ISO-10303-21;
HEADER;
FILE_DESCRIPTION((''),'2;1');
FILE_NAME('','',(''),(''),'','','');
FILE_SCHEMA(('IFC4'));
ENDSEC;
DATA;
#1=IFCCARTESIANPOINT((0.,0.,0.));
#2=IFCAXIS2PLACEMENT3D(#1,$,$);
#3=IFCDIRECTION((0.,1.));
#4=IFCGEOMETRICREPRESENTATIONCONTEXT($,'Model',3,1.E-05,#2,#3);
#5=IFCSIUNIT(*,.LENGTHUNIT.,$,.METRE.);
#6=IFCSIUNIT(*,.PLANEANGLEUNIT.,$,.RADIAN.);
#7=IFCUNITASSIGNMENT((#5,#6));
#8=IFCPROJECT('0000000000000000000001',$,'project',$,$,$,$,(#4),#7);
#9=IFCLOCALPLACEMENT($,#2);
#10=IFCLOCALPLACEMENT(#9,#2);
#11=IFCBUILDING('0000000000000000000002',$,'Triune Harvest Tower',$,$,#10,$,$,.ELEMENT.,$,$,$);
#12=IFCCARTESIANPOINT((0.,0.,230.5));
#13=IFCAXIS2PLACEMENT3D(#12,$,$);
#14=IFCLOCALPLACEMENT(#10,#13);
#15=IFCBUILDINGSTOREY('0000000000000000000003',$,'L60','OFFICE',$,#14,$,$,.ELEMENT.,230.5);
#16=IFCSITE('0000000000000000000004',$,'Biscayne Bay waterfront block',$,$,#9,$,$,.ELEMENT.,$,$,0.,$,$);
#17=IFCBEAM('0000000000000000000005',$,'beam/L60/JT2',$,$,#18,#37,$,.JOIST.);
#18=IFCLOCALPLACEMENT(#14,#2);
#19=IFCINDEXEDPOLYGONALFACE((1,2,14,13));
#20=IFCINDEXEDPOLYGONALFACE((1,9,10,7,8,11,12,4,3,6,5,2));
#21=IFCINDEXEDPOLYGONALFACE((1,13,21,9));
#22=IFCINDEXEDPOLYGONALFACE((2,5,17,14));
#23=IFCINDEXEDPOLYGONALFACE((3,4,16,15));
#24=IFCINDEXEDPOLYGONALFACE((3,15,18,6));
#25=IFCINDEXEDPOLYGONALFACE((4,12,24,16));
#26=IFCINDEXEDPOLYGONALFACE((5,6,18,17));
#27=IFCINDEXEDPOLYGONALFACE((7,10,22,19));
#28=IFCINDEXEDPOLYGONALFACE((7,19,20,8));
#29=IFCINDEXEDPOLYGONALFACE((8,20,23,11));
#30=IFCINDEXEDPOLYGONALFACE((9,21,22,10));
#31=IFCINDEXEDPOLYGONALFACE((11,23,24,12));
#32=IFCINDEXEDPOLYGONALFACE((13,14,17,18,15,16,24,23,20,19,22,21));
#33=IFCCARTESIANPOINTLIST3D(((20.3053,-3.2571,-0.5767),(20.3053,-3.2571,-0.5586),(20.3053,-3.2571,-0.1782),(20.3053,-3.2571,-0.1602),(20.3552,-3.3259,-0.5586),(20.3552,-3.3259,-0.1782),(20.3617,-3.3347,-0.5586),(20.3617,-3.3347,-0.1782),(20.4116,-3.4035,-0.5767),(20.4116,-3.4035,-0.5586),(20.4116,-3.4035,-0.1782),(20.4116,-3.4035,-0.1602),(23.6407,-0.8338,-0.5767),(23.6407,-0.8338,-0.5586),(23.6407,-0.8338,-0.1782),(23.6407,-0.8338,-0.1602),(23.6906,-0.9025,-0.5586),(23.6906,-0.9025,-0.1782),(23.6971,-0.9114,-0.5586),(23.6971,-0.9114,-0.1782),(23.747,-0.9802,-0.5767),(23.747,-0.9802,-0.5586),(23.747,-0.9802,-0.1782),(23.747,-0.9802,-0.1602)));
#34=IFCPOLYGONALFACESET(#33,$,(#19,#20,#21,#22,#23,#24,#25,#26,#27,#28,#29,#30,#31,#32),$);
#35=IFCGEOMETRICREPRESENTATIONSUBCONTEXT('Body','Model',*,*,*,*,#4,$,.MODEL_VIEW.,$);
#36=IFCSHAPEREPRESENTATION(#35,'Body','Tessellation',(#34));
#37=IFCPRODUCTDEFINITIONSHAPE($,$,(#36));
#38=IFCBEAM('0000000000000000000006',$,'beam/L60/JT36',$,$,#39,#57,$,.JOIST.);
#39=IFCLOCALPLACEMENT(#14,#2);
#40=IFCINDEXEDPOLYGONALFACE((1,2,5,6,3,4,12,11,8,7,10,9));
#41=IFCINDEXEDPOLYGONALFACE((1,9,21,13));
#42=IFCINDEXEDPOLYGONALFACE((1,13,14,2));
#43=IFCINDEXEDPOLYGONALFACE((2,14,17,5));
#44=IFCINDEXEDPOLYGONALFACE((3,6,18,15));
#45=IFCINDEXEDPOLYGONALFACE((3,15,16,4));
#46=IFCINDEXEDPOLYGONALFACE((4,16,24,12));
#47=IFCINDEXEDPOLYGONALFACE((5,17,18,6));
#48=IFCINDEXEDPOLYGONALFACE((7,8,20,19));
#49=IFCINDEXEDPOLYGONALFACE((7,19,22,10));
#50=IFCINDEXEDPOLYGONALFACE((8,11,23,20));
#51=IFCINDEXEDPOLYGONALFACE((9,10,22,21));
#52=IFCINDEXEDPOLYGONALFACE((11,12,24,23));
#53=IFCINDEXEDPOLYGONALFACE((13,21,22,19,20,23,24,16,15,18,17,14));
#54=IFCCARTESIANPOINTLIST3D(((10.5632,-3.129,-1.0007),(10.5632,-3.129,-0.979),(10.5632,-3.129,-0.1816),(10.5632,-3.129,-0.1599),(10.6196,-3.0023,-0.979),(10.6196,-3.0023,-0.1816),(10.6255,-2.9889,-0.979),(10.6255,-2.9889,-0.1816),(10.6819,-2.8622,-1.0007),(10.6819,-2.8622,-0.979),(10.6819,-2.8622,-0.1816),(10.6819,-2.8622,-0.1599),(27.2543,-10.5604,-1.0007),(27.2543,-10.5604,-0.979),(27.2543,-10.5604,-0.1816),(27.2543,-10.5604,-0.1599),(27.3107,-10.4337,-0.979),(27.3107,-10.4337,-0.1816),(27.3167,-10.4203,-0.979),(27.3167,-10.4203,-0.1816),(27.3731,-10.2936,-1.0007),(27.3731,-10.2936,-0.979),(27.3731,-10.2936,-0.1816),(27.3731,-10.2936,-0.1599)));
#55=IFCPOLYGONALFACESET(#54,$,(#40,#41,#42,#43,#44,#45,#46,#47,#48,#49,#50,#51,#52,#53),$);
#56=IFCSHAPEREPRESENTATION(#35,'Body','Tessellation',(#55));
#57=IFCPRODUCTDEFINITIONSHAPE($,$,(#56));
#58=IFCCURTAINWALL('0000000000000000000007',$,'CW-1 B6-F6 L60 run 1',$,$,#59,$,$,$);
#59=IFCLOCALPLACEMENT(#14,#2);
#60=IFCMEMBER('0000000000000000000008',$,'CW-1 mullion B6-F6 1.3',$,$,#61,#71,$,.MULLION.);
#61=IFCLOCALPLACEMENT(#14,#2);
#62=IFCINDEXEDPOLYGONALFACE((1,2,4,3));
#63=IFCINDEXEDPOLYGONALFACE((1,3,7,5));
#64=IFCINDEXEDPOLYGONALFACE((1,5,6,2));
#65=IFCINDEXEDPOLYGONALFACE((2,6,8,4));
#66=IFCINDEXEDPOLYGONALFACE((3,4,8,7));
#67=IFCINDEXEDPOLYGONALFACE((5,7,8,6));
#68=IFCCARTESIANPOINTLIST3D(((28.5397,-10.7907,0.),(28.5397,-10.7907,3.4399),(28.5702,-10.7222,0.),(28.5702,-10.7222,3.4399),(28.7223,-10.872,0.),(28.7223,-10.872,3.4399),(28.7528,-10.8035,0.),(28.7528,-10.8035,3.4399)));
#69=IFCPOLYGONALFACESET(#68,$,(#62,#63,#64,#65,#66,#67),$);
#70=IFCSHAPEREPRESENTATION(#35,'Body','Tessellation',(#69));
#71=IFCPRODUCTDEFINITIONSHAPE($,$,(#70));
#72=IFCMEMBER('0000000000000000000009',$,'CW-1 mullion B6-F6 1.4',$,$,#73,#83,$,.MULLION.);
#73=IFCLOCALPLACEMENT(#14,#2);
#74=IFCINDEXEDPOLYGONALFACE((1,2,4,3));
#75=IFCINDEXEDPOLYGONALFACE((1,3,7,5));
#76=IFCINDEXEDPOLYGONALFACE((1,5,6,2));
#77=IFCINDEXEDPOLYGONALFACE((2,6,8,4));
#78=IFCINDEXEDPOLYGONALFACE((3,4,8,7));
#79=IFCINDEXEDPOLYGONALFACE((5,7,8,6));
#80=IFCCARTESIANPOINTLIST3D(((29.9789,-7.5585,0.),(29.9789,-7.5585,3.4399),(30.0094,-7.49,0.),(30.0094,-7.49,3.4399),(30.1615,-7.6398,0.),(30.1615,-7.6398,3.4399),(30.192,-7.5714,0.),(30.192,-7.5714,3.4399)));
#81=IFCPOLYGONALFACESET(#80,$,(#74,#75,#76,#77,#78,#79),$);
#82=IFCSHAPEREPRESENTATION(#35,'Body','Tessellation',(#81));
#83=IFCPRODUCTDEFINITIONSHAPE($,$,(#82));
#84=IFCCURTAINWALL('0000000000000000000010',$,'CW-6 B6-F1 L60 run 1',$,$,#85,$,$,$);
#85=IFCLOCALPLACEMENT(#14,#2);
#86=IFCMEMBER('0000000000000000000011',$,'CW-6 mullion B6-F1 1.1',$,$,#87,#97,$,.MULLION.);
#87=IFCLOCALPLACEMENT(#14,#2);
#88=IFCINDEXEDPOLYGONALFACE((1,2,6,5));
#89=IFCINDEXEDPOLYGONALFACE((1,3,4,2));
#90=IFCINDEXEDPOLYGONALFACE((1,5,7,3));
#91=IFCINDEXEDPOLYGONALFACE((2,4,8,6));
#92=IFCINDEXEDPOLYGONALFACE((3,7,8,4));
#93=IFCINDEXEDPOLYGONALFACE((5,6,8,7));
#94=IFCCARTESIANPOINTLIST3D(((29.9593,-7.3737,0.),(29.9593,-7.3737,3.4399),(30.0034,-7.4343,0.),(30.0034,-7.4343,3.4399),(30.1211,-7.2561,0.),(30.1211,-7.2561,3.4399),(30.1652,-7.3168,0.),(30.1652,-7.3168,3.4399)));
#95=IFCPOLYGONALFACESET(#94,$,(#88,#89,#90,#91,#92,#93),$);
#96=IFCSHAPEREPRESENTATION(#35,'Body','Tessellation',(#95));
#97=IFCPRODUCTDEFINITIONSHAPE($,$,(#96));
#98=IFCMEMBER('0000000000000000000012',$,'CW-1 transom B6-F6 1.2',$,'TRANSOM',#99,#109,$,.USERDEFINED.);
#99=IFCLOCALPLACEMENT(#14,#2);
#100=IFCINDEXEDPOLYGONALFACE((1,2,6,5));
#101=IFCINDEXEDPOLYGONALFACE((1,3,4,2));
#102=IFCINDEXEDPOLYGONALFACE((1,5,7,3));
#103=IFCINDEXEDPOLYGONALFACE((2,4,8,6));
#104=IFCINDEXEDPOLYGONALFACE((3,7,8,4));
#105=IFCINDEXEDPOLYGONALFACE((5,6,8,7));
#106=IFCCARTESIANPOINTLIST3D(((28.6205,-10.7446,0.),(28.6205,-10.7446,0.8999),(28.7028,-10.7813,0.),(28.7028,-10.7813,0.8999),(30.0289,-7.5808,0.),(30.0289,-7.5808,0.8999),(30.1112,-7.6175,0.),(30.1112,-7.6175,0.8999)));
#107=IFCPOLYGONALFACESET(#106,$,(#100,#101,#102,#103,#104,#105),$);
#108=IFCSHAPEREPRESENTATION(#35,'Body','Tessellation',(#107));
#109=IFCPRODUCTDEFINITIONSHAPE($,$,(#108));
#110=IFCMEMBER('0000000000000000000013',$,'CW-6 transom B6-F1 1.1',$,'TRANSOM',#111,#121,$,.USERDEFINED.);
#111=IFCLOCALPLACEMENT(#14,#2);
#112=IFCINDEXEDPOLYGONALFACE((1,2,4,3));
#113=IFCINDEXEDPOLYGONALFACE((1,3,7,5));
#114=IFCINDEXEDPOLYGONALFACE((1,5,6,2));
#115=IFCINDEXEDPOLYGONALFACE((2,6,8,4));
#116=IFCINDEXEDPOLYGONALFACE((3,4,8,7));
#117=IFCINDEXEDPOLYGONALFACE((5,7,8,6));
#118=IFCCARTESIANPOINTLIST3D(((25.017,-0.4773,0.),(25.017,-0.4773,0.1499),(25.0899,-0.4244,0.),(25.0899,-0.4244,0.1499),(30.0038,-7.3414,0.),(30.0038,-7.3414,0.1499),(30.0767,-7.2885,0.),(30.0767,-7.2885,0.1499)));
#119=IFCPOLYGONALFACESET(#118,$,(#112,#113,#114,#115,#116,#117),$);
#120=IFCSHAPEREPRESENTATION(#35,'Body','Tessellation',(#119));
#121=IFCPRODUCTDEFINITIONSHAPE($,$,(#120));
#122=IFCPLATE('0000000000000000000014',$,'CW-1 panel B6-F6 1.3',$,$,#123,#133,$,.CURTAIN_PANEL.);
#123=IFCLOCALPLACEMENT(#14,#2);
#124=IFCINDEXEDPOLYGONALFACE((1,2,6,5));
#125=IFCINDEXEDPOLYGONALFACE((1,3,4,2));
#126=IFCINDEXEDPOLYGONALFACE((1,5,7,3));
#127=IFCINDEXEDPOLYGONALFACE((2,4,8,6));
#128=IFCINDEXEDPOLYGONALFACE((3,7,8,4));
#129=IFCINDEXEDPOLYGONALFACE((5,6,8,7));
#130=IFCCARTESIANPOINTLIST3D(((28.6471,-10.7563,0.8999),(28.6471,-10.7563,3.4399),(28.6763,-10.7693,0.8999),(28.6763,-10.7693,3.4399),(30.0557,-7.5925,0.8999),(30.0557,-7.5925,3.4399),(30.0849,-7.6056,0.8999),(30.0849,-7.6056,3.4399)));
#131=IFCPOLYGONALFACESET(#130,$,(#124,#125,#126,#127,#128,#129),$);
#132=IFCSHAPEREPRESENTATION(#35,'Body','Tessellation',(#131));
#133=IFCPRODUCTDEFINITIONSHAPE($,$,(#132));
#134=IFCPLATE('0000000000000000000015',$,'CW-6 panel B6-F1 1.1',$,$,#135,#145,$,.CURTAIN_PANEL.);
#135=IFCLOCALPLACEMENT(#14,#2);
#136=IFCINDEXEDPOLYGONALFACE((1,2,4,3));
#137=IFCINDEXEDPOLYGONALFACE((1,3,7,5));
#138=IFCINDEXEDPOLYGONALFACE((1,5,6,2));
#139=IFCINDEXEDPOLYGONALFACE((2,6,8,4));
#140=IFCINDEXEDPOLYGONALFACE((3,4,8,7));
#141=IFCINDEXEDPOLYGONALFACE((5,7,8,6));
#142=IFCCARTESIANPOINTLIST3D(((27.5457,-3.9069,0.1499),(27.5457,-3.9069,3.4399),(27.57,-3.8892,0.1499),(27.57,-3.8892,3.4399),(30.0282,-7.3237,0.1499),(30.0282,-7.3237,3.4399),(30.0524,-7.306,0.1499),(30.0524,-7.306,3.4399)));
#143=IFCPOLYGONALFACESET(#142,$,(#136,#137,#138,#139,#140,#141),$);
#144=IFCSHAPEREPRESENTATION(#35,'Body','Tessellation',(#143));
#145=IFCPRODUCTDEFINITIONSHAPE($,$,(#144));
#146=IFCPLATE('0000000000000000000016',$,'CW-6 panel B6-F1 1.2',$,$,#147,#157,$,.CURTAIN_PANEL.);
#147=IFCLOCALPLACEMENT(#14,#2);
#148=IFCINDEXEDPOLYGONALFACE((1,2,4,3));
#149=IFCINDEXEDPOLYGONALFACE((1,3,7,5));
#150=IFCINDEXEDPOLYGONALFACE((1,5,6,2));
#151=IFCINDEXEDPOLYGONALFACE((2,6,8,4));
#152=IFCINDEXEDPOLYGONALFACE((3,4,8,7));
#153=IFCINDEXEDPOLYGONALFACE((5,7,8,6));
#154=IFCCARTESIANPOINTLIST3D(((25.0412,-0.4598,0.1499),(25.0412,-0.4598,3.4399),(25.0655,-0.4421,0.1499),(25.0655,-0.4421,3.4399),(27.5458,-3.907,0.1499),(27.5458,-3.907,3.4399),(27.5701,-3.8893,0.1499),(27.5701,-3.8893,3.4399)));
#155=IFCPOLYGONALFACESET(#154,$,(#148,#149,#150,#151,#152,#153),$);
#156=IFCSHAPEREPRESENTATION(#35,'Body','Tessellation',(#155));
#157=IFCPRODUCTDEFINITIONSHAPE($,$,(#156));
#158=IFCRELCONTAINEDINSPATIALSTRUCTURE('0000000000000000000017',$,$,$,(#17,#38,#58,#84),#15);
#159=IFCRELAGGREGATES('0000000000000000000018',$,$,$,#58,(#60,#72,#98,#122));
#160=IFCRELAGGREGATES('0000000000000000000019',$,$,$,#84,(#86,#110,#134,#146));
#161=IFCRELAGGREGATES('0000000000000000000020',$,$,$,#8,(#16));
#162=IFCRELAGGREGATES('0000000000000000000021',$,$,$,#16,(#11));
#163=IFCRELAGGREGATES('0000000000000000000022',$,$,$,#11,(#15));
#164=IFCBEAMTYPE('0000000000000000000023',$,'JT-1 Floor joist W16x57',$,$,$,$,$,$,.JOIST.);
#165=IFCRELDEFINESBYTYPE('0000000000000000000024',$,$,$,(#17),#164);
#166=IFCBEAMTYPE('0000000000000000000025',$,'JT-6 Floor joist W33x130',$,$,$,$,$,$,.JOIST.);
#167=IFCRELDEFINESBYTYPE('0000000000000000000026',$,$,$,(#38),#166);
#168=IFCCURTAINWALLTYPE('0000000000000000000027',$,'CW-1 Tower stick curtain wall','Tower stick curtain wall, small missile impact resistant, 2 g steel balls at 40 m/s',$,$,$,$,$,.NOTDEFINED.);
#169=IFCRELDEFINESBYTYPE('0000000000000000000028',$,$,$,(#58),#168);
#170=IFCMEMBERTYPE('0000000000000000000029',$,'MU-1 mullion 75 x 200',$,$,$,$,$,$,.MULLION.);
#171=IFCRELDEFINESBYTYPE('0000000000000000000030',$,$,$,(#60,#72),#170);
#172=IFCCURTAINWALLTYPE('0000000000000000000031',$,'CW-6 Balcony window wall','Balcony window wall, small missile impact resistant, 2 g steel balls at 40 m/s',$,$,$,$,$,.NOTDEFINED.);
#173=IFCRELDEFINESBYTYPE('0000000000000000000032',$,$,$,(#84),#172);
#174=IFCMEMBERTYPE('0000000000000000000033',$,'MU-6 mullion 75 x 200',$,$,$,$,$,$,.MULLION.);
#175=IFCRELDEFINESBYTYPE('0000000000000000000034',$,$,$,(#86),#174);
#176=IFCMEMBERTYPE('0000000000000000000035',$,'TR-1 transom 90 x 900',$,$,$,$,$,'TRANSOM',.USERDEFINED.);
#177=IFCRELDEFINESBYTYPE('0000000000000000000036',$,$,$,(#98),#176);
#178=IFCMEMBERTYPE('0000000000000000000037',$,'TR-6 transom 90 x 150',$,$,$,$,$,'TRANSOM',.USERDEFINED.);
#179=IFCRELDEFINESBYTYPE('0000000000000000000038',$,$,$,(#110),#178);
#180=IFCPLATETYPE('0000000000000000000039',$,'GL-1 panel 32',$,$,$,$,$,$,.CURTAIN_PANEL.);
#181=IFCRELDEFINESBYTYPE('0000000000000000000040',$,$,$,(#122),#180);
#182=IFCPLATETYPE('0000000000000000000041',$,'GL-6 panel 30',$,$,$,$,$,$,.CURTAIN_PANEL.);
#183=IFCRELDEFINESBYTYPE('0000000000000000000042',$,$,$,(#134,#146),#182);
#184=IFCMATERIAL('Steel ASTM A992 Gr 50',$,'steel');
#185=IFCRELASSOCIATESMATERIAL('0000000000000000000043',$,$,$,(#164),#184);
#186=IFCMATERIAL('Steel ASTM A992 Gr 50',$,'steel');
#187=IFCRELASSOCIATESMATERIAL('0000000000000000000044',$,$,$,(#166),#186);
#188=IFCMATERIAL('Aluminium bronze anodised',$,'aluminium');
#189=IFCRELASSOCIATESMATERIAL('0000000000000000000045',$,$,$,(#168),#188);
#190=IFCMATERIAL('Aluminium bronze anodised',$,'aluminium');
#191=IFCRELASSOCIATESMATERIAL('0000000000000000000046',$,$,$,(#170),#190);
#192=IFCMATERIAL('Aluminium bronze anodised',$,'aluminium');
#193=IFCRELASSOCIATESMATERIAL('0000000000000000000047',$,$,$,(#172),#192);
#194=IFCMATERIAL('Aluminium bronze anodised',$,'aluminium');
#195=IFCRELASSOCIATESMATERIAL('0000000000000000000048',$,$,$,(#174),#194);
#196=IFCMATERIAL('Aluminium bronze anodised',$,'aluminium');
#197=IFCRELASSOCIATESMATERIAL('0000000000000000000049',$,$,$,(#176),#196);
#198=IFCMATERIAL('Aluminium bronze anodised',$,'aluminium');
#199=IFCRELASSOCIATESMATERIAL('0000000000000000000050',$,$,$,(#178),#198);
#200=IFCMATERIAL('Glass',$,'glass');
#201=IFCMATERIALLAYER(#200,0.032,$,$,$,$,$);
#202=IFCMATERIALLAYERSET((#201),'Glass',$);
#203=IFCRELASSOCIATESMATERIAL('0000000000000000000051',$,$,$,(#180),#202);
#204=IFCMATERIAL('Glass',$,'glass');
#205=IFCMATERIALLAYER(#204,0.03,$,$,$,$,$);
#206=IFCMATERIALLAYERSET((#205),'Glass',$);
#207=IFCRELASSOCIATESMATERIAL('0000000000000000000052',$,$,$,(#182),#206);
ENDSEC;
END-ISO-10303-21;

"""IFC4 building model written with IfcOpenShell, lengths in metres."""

from ifc_helpers import new_model, si_unit, direction, frame, origin, origin_2d, place, context, subcontext, project, spatial, rectangle, i_section, extrude, source, transform, mapped, material, layer, layer_set, material_profile, profile_set, type_object, element, aggregate, save


model = new_model("IFC4")

# Units and contexts
model_context = context("Model", 3, precision=1e-05, world=origin(), true_north=direction((0.0, 1.0)))
body_context = subcontext(model_context, "Body", "Model", "MODEL_VIEW")
ifc_project = project(units=[si_unit("LENGTHUNIT", "METRE"), si_unit("PLANEANGLEUNIT", "RADIAN")], contexts=[model_context])

# Site, building, storey
site_placement = place(None, origin())
site = spatial("IfcSite", under=ifc_project, at=site_placement, Name="Biscayne Bay waterfront block", CompositionType="ELEMENT", RefElevation=0.0)
building_placement = place(site_placement, origin())
building = spatial("IfcBuilding", under=site, at=building_placement, Name="Triune Harvest Tower", CompositionType="ELEMENT")
storey_placement = place(building_placement, frame((0.0, 0.0, 230.5)))
storey = spatial("IfcBuildingStorey", under=building, at=storey_placement, Name="L60", Description="OFFICE", CompositionType="ELEMENT", Elevation=230.5)

# Beams
ifc_material_1 = material(Name="Steel ASTM A992 Gr 50", Category="steel")
ifc_material_profile_1 = material_profile(ifc_material_1, i_section(OverallWidth=0.1809, OverallDepth=0.4165, WebThickness=0.011, FlangeThickness=0.0181, at=origin_2d()), Name="W16x57")
ifc_profile_set_1 = profile_set([ifc_material_profile_1], Name="Steel ASTM A992 Gr 50")
beam_type_1 = type_object("IfcBeamType", Name="JT-1 Floor joist W16x57", PredefinedType="JOIST", material=ifc_profile_set_1)
shared_shape_1 = source(origin(), body_context, "Body", "SweptSolid", [
    extrude(i_section(OverallWidth=0.1809, OverallDepth=0.4165, WebThickness=0.011, FlangeThickness=0.0181, at=origin_2d()), origin(), (0.0, 0.0, 1.0), 4.1228),
])
beam_1_placement = place(storey_placement, frame((23.6938, -0.907, -0.3684), z_axis=(-0.809018, -0.587784, 0.0), x_axis=(0.587784, -0.809018, 0.0)))
element("IfcBeam", 1, at=beam_1_placement, inside=storey, type_object=beam_type_1, Name="beam/L60/JT2", PredefinedType="JOIST", context=body_context, shape_type="MappedRepresentation", body=[
    mapped(shared_shape_1, transform((0.0, 0.0, 0.0), scale=1.0)),
])
ifc_material_2 = material(Name="Steel ASTM A992 Gr 50", Category="steel")
ifc_material_profile_2 = material_profile(ifc_material_2, i_section(OverallWidth=0.292, OverallDepth=0.8408, WebThickness=0.0146, FlangeThickness=0.0217, at=origin_2d()), Name="W33x130")
ifc_profile_set_2 = profile_set([ifc_material_profile_2], Name="Steel ASTM A992 Gr 50")
beam_type_2 = type_object("IfcBeamType", Name="JT-6 Floor joist W33x130", PredefinedType="JOIST", material=ifc_profile_set_2)
shared_shape_2 = source(origin(), body_context, "Body", "SweptSolid", [
    extrude(i_section(OverallWidth=0.292, OverallDepth=0.8408, WebThickness=0.0146, FlangeThickness=0.0217, at=origin_2d()), origin(), (0.0, 0.0, 1.0), 18.2708),
])
beam_2_placement = place(storey_placement, frame((27.3137, -10.427, -0.5803), z_axis=(-0.913545, 0.406737, 0.0), x_axis=(-0.406737, -0.913545, 0.0)))
element("IfcBeam", 2, at=beam_2_placement, inside=storey, type_object=beam_type_2, Name="beam/L60/JT36", PredefinedType="JOIST", context=body_context, shape_type="MappedRepresentation", body=[
    mapped(shared_shape_2, transform((0.0, 0.0, 0.0), scale=1.0)),
])

# Curtain wall, members
ifc_material_3 = material(Name="Aluminium bronze anodised", Category="aluminium")
curtain_wall_type_1 = type_object("IfcCurtainWallType", Name="CW-1 Tower stick curtain wall", Description="Tower stick curtain wall, small missile impact resistant, 2 g steel balls at 40 m/s", PredefinedType="NOTDEFINED", material=ifc_material_3)
curtain_wall_1_placement = place(storey_placement, origin())
curtain_wall_1 = element("IfcCurtainWall", 3, at=curtain_wall_1_placement, inside=storey, type_object=curtain_wall_type_1, Name="CW-1 B6-F6 L60 run 1")
ifc_material_4 = material(Name="Aluminium bronze anodised", Category="aluminium")
ifc_material_profile_3 = material_profile(ifc_material_4, rectangle(XDim=0.2, YDim=0.075, at=origin_2d()), Name="MU-1 mullion 75 x 200")
ifc_profile_set_3 = profile_set([ifc_material_profile_3], Name="Aluminium bronze anodised")
member_type_1 = type_object("IfcMemberType", Name="MU-1 mullion 75 x 200", PredefinedType="MULLION", material=ifc_profile_set_3)
shared_shape_3 = source(origin(), body_context, "Body", "SweptSolid", [
    extrude(rectangle(XDim=0.2, YDim=0.075, at=origin_2d()), origin(), (0.0, 0.0, 1.0), 3.4399),
])
member_1_placement = place(storey_placement, frame((28.6462, -10.7971, 0.0), z_axis=(0.0, 0.0, 1.0), x_axis=(-0.913543, 0.406743, 0.0)))
member_1 = element("IfcMember", 4, at=member_1_placement, type_object=member_type_1, Name="CW-1 mullion B6-F6 1.3", PredefinedType="MULLION", context=body_context, shape_type="MappedRepresentation", body=[
    mapped(shared_shape_3, transform((0.0, 0.0, 0.0), scale=1.0)),
])
member_2_placement = place(storey_placement, frame((30.0854, -7.5649, 0.0), z_axis=(0.0, 0.0, 1.0), x_axis=(-0.913543, 0.406743, 0.0)))
member_2 = element("IfcMember", 5, at=member_2_placement, type_object=member_type_1, Name="CW-1 mullion B6-F6 1.4", PredefinedType="MULLION", context=body_context, shape_type="MappedRepresentation", body=[
    mapped(shared_shape_3, transform((0.0, 0.0, 0.0), scale=1.0)),
])

# Curtain wall, member
ifc_material_5 = material(Name="Aluminium bronze anodised", Category="aluminium")
curtain_wall_type_2 = type_object("IfcCurtainWallType", Name="CW-6 Balcony window wall", Description="Balcony window wall, small missile impact resistant, 2 g steel balls at 40 m/s", PredefinedType="NOTDEFINED", material=ifc_material_5)
curtain_wall_2_placement = place(storey_placement, origin())
curtain_wall_2 = element("IfcCurtainWall", 6, at=curtain_wall_2_placement, inside=storey, type_object=curtain_wall_type_2, Name="CW-6 B6-F1 L60 run 1")
ifc_material_6 = material(Name="Aluminium bronze anodised", Category="aluminium")
ifc_material_profile_4 = material_profile(ifc_material_6, rectangle(XDim=0.2, YDim=0.075, at=origin_2d()), Name="MU-6 mullion 75 x 200")
ifc_profile_set_4 = profile_set([ifc_material_profile_4], Name="Aluminium bronze anodised")
member_type_2 = type_object("IfcMemberType", Name="MU-6 mullion 75 x 200", PredefinedType="MULLION", material=ifc_profile_set_4)
shared_shape_4 = source(origin(), body_context, "Body", "SweptSolid", [
    extrude(rectangle(XDim=0.2, YDim=0.075, at=origin_2d()), origin(), (0.0, 0.0, 1.0), 3.4399),
])
member_3_placement = place(storey_placement, frame((30.0623, -7.3452, 0.0), z_axis=(0.0, 0.0, 1.0), x_axis=(-0.809016, -0.587787, 0.0)))
member_3 = element("IfcMember", 7, at=member_3_placement, type_object=member_type_2, Name="CW-6 mullion B6-F1 1.1", PredefinedType="MULLION", context=body_context, shape_type="MappedRepresentation", body=[
    mapped(shared_shape_4, transform((0.0, 0.0, 0.0), scale=1.0)),
])

# Members
ifc_material_7 = material(Name="Aluminium bronze anodised", Category="aluminium")
ifc_material_profile_5 = material_profile(ifc_material_7, rectangle(XDim=0.0901, YDim=0.8999, at=origin_2d()), Name="TR-1 transom 90 x 900")
ifc_profile_set_5 = profile_set([ifc_material_profile_5], Name="Aluminium bronze anodised")
member_type_3 = type_object("IfcMemberType", Name="TR-1 transom 90 x 900", ElementType="TRANSOM", PredefinedType="USERDEFINED", material=ifc_profile_set_5)
shared_shape_5 = source(origin(), body_context, "Body", "SweptSolid", [
    extrude(rectangle(XDim=0.0901, YDim=0.8999, at=origin_2d()), origin(), (0.0, 0.0, 1.0), 3.4631),
])
member_4_placement = place(storey_placement, frame((28.6616, -10.7629, 0.45), z_axis=(0.406694, 0.913564, 0.0), x_axis=(-0.913564, 0.406694, 0.0)))
member_4 = element("IfcMember", 8, at=member_4_placement, type_object=member_type_3, Name="CW-1 transom B6-F6 1.2", ObjectType="TRANSOM", PredefinedType="USERDEFINED", context=body_context, shape_type="MappedRepresentation", body=[
    mapped(shared_shape_5, transform((0.0, 0.0, 0.0), scale=1.0)),
])
ifc_material_8 = material(Name="Aluminium bronze anodised", Category="aluminium")
ifc_material_profile_6 = material_profile(ifc_material_8, rectangle(XDim=0.0901, YDim=0.1499, at=origin_2d()), Name="TR-6 transom 90 x 150")
ifc_profile_set_6 = profile_set([ifc_material_profile_6], Name="Aluminium bronze anodised")
member_type_4 = type_object("IfcMemberType", Name="TR-6 transom 90 x 150", ElementType="TRANSOM", PredefinedType="USERDEFINED", material=ifc_profile_set_6)
shared_shape_6 = source(origin(), body_context, "Body", "SweptSolid", [
    extrude(rectangle(XDim=0.0901, YDim=0.1499, at=origin_2d()), origin(), (0.0, 0.0, 1.0), 8.4844),
])
member_5_placement = place(storey_placement, frame((30.0403, -7.3149, 0.075), z_axis=(-0.587771, 0.809027, 0.0), x_axis=(-0.809027, -0.587771, 0.0)))
member_5 = element("IfcMember", 9, at=member_5_placement, type_object=member_type_4, Name="CW-6 transom B6-F1 1.1", ObjectType="TRANSOM", PredefinedType="USERDEFINED", context=body_context, shape_type="MappedRepresentation", body=[
    mapped(shared_shape_6, transform((0.0, 0.0, 0.0), scale=1.0)),
])

# Plates
ifc_material_9 = material(Name="Glass", Category="glass")
ifc_layer_1 = layer(ifc_material_9, 0.032)
ifc_layer_set_1 = layer_set([ifc_layer_1], Name="Glass")
plate_type_1 = type_object("IfcPlateType", Name="GL-1 panel 32", PredefinedType="CURTAIN_PANEL", material=ifc_layer_set_1)
shared_shape_7 = source(origin(), body_context, "Body", "SweptSolid", [
    extrude(rectangle(XDim=3.4631, YDim=0.032, at=origin_2d()), origin(), (0.0, 0.0, 1.0), 2.54),
])
plate_1_placement = place(storey_placement, frame((29.366, -9.1809, 0.8999), z_axis=(0.0, 0.0, 1.0), x_axis=(0.406743, 0.913543, 0.0)))
plate_1 = element("IfcPlate", 10, at=plate_1_placement, type_object=plate_type_1, Name="CW-1 panel B6-F6 1.3", PredefinedType="CURTAIN_PANEL", context=body_context, shape_type="MappedRepresentation", body=[
    mapped(shared_shape_7, transform((0.0, 0.0, 0.0), scale=1.0)),
])
aggregate(curtain_wall_1, [member_1, member_2, member_4, plate_1])
ifc_material_10 = material(Name="Glass", Category="glass")
ifc_layer_2 = layer(ifc_material_10, 0.03)
ifc_layer_set_2 = layer_set([ifc_layer_2], Name="Glass")
plate_type_2 = type_object("IfcPlateType", Name="GL-6 panel 30", PredefinedType="CURTAIN_PANEL", material=ifc_layer_set_2)
shared_shape_8 = source(origin(), body_context, "Body", "SweptSolid", [
    extrude(rectangle(XDim=4.2234, YDim=0.03, at=origin_2d()), origin(), (0.0, 0.0, 1.0), 3.29),
])
plate_2_placement = place(storey_placement, frame((28.7991, -5.6064, 0.1499), z_axis=(0.0, 0.0, 1.0), x_axis=(-0.587787, 0.809016, 0.0)))
plate_2 = element("IfcPlate", 11, at=plate_2_placement, type_object=plate_type_2, Name="CW-6 panel B6-F1 1.1", PredefinedType="CURTAIN_PANEL", context=body_context, shape_type="MappedRepresentation", body=[
    mapped(shared_shape_8, transform((0.0, 0.0, 0.0), scale=1.0)),
])
shared_shape_9 = source(origin(), body_context, "Body", "SweptSolid", [
    extrude(rectangle(XDim=4.261, YDim=0.03, at=origin_2d()), origin(), (0.0, 0.0, 1.0), 3.29),
])
plate_3_placement = place(storey_placement, frame((26.3057, -2.1746, 0.1499), z_axis=(0.0, 0.0, 1.0), x_axis=(-0.587787, 0.809016, 0.0)))
plate_3 = element("IfcPlate", 12, at=plate_3_placement, type_object=plate_type_2, Name="CW-6 panel B6-F1 1.2", PredefinedType="CURTAIN_PANEL", context=body_context, shape_type="MappedRepresentation", body=[
    mapped(shared_shape_9, transform((0.0, 0.0, 0.0), scale=1.0)),
])
aggregate(curtain_wall_2, [member_3, member_5, plate_2, plate_3])

save(model, "model.ifc")
